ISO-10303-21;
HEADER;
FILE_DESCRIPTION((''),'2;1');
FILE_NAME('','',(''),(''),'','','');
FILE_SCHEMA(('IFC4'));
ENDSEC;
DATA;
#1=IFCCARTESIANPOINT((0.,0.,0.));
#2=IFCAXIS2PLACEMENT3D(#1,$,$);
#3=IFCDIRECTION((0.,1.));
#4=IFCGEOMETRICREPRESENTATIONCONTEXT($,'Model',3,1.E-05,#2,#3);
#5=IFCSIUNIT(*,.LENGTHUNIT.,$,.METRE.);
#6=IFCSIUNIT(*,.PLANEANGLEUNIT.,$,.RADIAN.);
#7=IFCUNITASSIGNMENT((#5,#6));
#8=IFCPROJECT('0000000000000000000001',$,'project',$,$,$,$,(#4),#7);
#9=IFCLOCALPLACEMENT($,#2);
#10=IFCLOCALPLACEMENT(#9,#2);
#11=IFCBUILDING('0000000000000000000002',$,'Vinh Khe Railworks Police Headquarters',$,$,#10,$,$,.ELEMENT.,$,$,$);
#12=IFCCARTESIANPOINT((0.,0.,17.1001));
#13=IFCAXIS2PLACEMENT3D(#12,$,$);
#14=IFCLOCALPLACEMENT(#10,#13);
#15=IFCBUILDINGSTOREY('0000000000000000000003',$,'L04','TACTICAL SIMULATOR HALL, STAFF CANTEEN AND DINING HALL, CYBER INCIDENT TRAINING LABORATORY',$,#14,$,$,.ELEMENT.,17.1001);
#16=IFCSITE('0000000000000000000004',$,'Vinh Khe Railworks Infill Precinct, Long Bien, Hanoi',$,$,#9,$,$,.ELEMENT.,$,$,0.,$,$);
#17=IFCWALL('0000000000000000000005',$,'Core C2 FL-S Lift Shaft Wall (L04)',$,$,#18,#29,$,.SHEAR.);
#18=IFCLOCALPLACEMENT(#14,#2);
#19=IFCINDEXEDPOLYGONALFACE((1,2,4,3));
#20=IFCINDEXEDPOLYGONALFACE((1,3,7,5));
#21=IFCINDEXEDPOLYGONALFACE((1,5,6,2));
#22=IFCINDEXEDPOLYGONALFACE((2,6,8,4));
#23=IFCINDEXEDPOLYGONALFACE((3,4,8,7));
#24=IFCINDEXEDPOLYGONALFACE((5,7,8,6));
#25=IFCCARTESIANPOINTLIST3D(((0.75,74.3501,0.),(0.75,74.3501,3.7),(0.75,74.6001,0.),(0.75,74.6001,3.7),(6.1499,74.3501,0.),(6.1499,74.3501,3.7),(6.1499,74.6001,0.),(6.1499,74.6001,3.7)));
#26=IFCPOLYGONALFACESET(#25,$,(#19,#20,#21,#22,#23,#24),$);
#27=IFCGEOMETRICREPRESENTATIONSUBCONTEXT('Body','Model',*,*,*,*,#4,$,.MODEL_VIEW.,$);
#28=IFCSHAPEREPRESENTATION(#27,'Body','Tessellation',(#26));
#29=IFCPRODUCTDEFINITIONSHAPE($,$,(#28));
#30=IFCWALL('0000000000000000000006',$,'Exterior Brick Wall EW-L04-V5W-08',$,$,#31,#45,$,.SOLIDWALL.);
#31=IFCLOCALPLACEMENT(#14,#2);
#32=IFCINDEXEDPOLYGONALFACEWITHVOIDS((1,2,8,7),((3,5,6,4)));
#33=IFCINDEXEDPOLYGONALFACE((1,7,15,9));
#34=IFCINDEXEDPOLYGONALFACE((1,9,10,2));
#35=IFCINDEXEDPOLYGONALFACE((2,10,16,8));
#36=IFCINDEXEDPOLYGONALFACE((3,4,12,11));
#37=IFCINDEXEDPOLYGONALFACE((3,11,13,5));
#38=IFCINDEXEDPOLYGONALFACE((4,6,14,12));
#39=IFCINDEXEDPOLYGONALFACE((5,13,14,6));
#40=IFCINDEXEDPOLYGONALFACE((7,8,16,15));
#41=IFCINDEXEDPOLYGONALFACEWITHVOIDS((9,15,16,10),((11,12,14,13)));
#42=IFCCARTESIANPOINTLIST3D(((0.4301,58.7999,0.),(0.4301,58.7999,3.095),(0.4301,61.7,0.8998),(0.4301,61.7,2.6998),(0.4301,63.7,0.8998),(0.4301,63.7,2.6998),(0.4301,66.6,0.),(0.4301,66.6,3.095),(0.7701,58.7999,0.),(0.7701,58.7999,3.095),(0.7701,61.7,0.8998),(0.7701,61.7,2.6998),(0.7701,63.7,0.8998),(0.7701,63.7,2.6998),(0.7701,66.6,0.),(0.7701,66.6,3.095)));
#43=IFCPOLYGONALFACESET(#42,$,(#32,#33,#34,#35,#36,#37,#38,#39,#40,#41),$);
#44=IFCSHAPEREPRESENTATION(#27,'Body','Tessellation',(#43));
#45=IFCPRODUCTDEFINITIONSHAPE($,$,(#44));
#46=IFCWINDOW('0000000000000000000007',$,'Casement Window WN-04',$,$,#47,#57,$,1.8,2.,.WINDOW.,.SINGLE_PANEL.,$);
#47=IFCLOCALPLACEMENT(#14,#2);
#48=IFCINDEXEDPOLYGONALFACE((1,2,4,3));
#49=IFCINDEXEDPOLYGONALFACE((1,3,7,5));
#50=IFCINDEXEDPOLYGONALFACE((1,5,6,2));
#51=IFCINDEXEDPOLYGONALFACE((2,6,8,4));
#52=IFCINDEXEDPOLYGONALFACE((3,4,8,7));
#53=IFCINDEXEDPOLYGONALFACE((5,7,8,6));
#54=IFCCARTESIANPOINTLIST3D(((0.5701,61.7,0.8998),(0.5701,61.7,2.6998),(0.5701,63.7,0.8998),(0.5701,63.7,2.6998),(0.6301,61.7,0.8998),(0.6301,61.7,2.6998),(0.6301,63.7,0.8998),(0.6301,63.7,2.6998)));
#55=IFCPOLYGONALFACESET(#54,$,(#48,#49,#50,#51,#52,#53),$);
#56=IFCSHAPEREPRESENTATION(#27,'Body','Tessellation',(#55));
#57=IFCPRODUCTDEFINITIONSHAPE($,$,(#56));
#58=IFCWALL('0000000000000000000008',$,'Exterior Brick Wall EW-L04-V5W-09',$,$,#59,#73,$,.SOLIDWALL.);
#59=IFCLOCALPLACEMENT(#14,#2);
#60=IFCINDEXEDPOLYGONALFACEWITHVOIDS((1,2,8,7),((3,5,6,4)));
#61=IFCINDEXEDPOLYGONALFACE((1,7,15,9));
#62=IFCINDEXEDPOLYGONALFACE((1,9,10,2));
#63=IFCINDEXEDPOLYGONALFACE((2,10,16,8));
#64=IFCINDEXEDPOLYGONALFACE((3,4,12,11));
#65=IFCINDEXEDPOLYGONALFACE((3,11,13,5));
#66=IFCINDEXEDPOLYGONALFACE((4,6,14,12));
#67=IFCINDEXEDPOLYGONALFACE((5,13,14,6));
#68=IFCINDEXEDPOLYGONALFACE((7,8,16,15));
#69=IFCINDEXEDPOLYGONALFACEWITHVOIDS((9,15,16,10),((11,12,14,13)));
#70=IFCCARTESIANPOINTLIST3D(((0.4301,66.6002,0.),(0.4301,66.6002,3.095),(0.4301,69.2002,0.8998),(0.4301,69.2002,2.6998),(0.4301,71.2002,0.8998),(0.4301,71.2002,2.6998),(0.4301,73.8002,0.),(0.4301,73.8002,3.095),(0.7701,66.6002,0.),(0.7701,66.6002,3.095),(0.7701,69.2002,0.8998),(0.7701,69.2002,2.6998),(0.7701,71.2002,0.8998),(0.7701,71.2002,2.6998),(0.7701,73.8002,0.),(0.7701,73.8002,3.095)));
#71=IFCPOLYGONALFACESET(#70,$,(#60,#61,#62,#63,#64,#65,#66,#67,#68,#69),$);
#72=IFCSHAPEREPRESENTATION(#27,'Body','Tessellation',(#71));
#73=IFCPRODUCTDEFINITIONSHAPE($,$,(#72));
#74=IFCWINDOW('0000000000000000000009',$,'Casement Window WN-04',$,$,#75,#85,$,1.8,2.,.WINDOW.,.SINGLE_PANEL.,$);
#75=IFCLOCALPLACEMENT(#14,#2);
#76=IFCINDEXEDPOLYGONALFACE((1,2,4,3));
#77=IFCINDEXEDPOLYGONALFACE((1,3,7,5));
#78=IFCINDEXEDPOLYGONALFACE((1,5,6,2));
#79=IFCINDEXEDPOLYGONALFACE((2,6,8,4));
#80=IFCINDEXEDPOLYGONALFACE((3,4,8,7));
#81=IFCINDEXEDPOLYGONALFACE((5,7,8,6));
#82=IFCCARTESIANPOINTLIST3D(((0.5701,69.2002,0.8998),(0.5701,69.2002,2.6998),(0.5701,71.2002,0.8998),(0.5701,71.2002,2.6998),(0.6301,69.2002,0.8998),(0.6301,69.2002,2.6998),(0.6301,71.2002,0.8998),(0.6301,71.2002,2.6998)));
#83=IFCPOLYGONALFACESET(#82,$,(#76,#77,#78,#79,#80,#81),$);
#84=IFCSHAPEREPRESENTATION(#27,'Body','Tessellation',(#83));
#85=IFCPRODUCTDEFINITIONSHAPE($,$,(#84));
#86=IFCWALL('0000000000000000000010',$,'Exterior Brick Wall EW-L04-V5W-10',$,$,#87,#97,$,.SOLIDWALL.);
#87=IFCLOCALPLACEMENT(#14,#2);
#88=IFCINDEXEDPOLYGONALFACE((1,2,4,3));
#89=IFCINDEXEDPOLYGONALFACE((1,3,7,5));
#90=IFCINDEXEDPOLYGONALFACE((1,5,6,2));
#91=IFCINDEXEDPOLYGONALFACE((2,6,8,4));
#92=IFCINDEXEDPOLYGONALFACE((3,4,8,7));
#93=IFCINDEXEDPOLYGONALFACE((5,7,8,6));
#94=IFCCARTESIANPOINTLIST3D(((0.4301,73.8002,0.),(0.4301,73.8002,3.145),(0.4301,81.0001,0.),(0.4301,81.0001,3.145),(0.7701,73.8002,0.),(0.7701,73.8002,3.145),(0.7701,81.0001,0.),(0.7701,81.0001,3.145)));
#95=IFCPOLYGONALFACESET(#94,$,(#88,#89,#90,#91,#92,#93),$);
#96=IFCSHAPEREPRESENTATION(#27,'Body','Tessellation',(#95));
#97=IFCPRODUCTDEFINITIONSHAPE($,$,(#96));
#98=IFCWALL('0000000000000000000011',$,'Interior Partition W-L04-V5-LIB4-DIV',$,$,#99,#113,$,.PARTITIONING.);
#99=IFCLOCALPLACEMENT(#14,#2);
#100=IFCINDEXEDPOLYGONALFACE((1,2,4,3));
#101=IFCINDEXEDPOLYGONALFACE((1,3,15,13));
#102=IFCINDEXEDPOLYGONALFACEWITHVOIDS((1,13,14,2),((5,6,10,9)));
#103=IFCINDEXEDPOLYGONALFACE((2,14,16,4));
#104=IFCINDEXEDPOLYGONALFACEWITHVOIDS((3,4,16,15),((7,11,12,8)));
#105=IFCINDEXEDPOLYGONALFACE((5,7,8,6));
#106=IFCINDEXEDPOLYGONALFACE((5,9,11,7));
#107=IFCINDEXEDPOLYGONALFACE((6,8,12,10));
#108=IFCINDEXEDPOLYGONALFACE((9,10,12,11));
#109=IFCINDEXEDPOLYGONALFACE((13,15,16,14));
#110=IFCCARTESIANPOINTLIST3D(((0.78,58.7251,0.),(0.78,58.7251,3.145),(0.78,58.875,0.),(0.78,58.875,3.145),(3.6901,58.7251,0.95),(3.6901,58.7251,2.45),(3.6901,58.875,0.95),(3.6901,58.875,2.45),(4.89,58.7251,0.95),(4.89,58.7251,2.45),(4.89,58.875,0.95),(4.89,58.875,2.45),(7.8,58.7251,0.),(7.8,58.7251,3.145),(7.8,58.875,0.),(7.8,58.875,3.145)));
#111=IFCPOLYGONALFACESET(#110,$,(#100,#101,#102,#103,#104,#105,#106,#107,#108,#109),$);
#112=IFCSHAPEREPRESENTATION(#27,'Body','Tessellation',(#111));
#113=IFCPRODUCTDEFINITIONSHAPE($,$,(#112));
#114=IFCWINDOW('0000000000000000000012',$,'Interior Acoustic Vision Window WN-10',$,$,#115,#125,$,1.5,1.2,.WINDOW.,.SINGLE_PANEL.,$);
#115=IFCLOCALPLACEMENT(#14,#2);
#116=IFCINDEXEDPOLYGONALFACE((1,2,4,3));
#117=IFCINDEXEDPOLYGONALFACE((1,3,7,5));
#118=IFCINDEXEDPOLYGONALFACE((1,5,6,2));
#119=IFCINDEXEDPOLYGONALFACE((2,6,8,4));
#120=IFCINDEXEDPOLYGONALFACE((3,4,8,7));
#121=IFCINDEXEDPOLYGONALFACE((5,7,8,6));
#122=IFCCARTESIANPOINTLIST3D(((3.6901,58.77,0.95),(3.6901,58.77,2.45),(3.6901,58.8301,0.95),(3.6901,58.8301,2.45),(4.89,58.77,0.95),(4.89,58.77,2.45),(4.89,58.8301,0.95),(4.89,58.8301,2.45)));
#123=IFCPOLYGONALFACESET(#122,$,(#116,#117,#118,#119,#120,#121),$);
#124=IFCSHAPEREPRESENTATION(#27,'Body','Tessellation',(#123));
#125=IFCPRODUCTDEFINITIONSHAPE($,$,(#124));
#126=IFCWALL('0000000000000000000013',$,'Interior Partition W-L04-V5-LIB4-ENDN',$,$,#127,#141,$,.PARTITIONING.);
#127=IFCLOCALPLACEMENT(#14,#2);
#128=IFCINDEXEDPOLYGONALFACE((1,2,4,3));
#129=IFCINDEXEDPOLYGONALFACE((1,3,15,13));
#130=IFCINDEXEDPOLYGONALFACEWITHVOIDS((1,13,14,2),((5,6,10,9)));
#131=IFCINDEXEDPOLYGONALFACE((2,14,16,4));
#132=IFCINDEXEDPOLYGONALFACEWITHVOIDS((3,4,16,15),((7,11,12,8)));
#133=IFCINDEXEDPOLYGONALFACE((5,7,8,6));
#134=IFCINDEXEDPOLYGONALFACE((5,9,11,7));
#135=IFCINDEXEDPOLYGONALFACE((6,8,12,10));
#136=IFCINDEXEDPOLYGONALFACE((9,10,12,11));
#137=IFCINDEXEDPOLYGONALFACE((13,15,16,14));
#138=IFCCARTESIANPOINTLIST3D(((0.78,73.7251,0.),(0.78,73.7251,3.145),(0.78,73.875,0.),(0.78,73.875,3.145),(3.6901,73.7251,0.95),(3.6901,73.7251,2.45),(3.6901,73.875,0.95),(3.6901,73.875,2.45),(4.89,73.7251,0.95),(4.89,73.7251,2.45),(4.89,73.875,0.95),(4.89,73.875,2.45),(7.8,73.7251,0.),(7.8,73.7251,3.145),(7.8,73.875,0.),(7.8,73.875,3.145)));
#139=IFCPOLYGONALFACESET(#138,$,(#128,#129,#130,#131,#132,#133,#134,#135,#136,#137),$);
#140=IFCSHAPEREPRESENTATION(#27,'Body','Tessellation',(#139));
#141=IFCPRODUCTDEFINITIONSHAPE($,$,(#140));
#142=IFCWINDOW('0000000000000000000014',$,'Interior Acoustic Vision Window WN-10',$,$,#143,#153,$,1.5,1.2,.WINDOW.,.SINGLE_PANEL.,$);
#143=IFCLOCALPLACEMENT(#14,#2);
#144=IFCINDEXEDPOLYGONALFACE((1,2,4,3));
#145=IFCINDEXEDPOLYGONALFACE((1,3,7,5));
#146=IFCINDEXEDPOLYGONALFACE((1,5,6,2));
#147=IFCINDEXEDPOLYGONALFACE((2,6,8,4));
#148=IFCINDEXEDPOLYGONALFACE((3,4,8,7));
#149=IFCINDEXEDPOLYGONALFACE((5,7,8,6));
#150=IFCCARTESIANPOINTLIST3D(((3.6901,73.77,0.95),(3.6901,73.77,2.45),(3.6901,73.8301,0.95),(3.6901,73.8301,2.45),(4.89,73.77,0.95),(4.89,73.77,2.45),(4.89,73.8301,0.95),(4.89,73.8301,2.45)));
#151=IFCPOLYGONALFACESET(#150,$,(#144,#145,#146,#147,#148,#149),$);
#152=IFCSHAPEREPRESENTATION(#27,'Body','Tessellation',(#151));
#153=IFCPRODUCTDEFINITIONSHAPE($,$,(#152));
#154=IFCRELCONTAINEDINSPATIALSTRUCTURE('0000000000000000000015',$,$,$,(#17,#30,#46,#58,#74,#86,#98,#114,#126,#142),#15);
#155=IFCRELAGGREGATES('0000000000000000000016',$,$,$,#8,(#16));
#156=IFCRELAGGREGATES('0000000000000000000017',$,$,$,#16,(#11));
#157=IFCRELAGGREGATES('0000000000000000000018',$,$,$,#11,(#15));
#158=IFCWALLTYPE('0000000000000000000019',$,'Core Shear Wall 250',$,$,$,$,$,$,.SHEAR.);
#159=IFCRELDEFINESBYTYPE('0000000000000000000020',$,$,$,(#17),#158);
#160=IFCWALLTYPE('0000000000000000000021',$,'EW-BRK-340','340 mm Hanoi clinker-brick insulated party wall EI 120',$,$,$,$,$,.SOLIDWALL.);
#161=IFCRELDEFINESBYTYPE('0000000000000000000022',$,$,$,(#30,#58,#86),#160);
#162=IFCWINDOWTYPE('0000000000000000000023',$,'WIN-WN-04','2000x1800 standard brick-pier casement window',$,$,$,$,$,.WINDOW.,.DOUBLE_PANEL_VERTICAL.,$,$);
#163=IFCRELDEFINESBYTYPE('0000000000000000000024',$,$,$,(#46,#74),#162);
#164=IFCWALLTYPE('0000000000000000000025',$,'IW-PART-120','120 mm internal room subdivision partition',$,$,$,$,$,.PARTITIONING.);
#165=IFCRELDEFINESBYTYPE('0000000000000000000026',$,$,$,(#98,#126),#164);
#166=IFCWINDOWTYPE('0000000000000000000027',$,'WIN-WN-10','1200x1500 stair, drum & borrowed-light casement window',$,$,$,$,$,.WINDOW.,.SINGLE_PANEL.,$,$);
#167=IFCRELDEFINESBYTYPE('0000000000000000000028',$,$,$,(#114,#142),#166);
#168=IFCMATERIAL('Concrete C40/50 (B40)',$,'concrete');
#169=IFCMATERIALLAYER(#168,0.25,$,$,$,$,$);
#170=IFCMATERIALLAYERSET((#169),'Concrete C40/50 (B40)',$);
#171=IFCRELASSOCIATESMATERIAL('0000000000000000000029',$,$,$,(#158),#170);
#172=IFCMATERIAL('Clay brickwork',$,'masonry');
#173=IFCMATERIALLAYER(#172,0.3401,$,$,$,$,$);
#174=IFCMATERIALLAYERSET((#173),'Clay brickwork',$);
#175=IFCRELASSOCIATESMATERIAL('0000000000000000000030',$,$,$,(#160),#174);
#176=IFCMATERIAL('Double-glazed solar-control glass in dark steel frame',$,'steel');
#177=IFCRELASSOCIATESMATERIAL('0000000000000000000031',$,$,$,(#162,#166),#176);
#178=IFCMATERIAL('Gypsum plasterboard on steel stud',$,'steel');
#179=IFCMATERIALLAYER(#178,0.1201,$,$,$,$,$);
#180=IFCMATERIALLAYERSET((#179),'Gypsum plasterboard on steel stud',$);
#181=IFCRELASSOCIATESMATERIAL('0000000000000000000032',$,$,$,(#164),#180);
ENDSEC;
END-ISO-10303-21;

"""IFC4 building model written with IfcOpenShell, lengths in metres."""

from ifc_helpers import new_model, si_unit, direction, frame, frame_2d, origin, place, context, subcontext, project, spatial, rectangle, extrude, material, layer, layer_set, type_object, element, fill, save


model = new_model("IFC4")

# Units and contexts
model_context = context("Model", 3, precision=1e-05, world=origin(), true_north=direction((0.0, 1.0)))
body_context = subcontext(model_context, "Body", "Model", "MODEL_VIEW")
ifc_project = project(units=[si_unit("LENGTHUNIT", "METRE"), si_unit("PLANEANGLEUNIT", "RADIAN")], contexts=[model_context])

# Site, building, storey
site_placement = place(None, origin())
site = spatial("IfcSite", under=ifc_project, at=site_placement, Name="Vinh Khe Railworks Infill Precinct, Long Bien, Hanoi", CompositionType="ELEMENT", RefElevation=0.0)
building_placement = place(site_placement, origin())
building = spatial("IfcBuilding", under=site, at=building_placement, Name="Vinh Khe Railworks Police Headquarters", CompositionType="ELEMENT")
storey_placement = place(building_placement, frame((0.0, 0.0, 17.1001)))
storey = spatial("IfcBuildingStorey", under=building, at=storey_placement, Name="L04", Description="TACTICAL SIMULATOR HALL, STAFF CANTEEN AND DINING HALL, CYBER INCIDENT TRAINING LABORATORY", CompositionType="ELEMENT", Elevation=17.1001)

# Wall
ifc_material_1 = material(Name="Concrete C40/50 (B40)", Category="concrete")
ifc_layer_1 = layer(ifc_material_1, 0.25)
ifc_layer_set_1 = layer_set([ifc_layer_1], Name="Concrete C40/50 (B40)")
wall_type_1 = type_object("IfcWallType", Name="Core Shear Wall 250", PredefinedType="SHEAR", material=ifc_layer_set_1)
wall_1_placement = place(storey_placement, frame((0.75, 74.4751, 0.0), z_axis=(0.0, 0.0, 1.0), x_axis=(1.0, 0.0, 0.0)))
element("IfcWall", 1, at=wall_1_placement, inside=storey, type_object=wall_type_1, Name="Core C2 FL-S Lift Shaft Wall (L04)", PredefinedType="SHEAR", context=body_context, shape_type="SweptSolid", body=[
    extrude(rectangle(XDim=5.3999, YDim=0.25, at=frame_2d((2.7, 0.0))), origin(), (0.0, 0.0, 1.0), 3.7),
])

# Walls, openings, windows
ifc_material_2 = material(Name="Clay brickwork", Category="masonry")
ifc_layer_2 = layer(ifc_material_2, 0.3401)
ifc_layer_set_2 = layer_set([ifc_layer_2], Name="Clay brickwork")
wall_type_2 = type_object("IfcWallType", Name="EW-BRK-340", Description="340 mm Hanoi clinker-brick insulated party wall EI 120", PredefinedType="SOLIDWALL", material=ifc_layer_set_2)
wall_2_placement = place(storey_placement, frame((0.6001, 58.8, 0.0), z_axis=(0.0, 0.0, 1.0), x_axis=(0.0, 1.0, 0.0)))
wall_2 = element("IfcWall", 2, at=wall_2_placement, inside=storey, type_object=wall_type_2, Name="Exterior Brick Wall EW-L04-V5W-08", PredefinedType="SOLIDWALL", context=body_context, shape_type="SweptSolid", body=[
    extrude(rectangle(XDim=7.8, YDim=0.3401, at=frame_2d((3.8999, 0.0))), origin(), (0.0, 0.0, 1.0), 3.095),
])
opening_1_placement = place(wall_2_placement, frame((2.8999, 0.0, 0.8999)))
opening_1 = element("IfcOpeningElement", 3, at=opening_1_placement, cuts=wall_2, PredefinedType="OPENING", context=body_context, shape_type="SweptSolid", body=[
    extrude(rectangle(XDim=2.0, YDim=1.8, at=frame_2d((1.0, 0.8999))), frame((0.0, 0.1851, 0.0), z_axis=(0.0, -1.0, 0.0), x_axis=(1.0, 0.0, 0.0)), (0.0, 0.0, 1.0), 0.3699),
])
ifc_material_3 = material(Name="Double-glazed solar-control glass in dark steel frame", Category="steel")
window_type_1 = type_object("IfcWindowType", Name="WIN-WN-04", Description="2000x1800 standard brick-pier casement window", PartitioningType="DOUBLE_PANEL_VERTICAL", PredefinedType="WINDOW", material=ifc_material_3)
window_1_placement = place(opening_1_placement, origin())
window_1 = element("IfcWindow", 4, at=window_1_placement, inside=storey, type_object=window_type_1, Name="Casement Window WN-04", OverallHeight=1.8, OverallWidth=2.0, PartitioningType="SINGLE_PANEL", PredefinedType="WINDOW", context=body_context, shape_type="SweptSolid", body=[
    extrude(rectangle(XDim=2.0, YDim=1.8, at=frame_2d((1.0, 0.8999))), frame((0.0, 0.03, 0.0), z_axis=(0.0, -1.0, 0.0), x_axis=(1.0, 0.0, 0.0)), (0.0, 0.0, 1.0), 0.0601),
])
fill(opening_1, window_1)
wall_3_placement = place(storey_placement, frame((0.6001, 66.6001, 0.0), z_axis=(0.0, 0.0, 1.0), x_axis=(0.0, 1.0, 0.0)))
wall_3 = element("IfcWall", 5, at=wall_3_placement, inside=storey, type_object=wall_type_2, Name="Exterior Brick Wall EW-L04-V5W-09", PredefinedType="SOLIDWALL", context=body_context, shape_type="SweptSolid", body=[
    extrude(rectangle(XDim=7.2, YDim=0.3401, at=frame_2d((3.6001, 0.0))), origin(), (0.0, 0.0, 1.0), 3.095),
])
opening_2_placement = place(wall_3_placement, frame((2.6001, 0.0, 0.8999)))
opening_2 = element("IfcOpeningElement", 6, at=opening_2_placement, cuts=wall_3, PredefinedType="OPENING", context=body_context, shape_type="SweptSolid", body=[
    extrude(rectangle(XDim=2.0, YDim=1.8, at=frame_2d((1.0, 0.8999))), frame((0.0, 0.1851, 0.0), z_axis=(0.0, -1.0, 0.0), x_axis=(1.0, 0.0, 0.0)), (0.0, 0.0, 1.0), 0.3699),
])
window_2_placement = place(opening_2_placement, origin())
window_2 = element("IfcWindow", 7, at=window_2_placement, inside=storey, type_object=window_type_1, Name="Casement Window WN-04", OverallHeight=1.8, OverallWidth=2.0, PartitioningType="SINGLE_PANEL", PredefinedType="WINDOW", context=body_context, shape_type="SweptSolid", body=[
    extrude(rectangle(XDim=2.0, YDim=1.8, at=frame_2d((1.0, 0.8999))), frame((0.0, 0.03, 0.0), z_axis=(0.0, -1.0, 0.0), x_axis=(1.0, 0.0, 0.0)), (0.0, 0.0, 1.0), 0.0601),
])
fill(opening_2, window_2)

# Wall
wall_4_placement = place(storey_placement, frame((0.6001, 73.8, 0.0), z_axis=(0.0, 0.0, 1.0), x_axis=(0.0, 1.0, 0.0)))
element("IfcWall", 8, at=wall_4_placement, inside=storey, type_object=wall_type_2, Name="Exterior Brick Wall EW-L04-V5W-10", PredefinedType="SOLIDWALL", context=body_context, shape_type="SweptSolid", body=[
    extrude(rectangle(XDim=7.2, YDim=0.3401, at=frame_2d((3.6001, 0.0))), origin(), (0.0, 0.0, 1.0), 3.145),
])

# Walls, openings, windows
ifc_material_4 = material(Name="Gypsum plasterboard on steel stud", Category="steel")
ifc_layer_3 = layer(ifc_material_4, 0.1201)
ifc_layer_set_3 = layer_set([ifc_layer_3], Name="Gypsum plasterboard on steel stud")
wall_type_3 = type_object("IfcWallType", Name="IW-PART-120", Description="120 mm internal room subdivision partition", PredefinedType="PARTITIONING", material=ifc_layer_set_3)
wall_5_placement = place(storey_placement, frame((0.78, 58.8, 0.0), z_axis=(0.0, 0.0, 1.0), x_axis=(1.0, 0.0, 0.0)))
wall_5 = element("IfcWall", 9, at=wall_5_placement, inside=storey, type_object=wall_type_3, Name="Interior Partition W-L04-V5-LIB4-DIV", PredefinedType="PARTITIONING", context=body_context, shape_type="SweptSolid", body=[
    extrude(rectangle(XDim=7.02, YDim=0.1499, at=frame_2d((3.51, 0.0))), origin(), (0.0, 0.0, 1.0), 3.145),
])
opening_3_placement = place(wall_5_placement, frame((2.9099, 0.0, 0.95)))
opening_3 = element("IfcOpeningElement", 10, at=opening_3_placement, cuts=wall_5, PredefinedType="OPENING", context=body_context, shape_type="SweptSolid", body=[
    extrude(rectangle(XDim=1.2, YDim=1.5, at=frame_2d((0.6001, 0.75))), frame((0.0, 0.0898, 0.0), z_axis=(0.0, -1.0, 0.0), x_axis=(1.0, 0.0, 0.0)), (0.0, 0.0, 1.0), 0.1797),
])
window_type_2 = type_object("IfcWindowType", Name="WIN-WN-10", Description="1200x1500 stair, drum & borrowed-light casement window", PartitioningType="SINGLE_PANEL", PredefinedType="WINDOW", material=ifc_material_3)
window_3_placement = place(opening_3_placement, origin())
window_3 = element("IfcWindow", 11, at=window_3_placement, inside=storey, type_object=window_type_2, Name="Interior Acoustic Vision Window WN-10", OverallHeight=1.5, OverallWidth=1.2, PartitioningType="SINGLE_PANEL", PredefinedType="WINDOW", context=body_context, shape_type="SweptSolid", body=[
    extrude(rectangle(XDim=1.2, YDim=1.5, at=frame_2d((0.6001, 0.75))), frame((0.0, 0.03, 0.0), z_axis=(0.0, -1.0, 0.0), x_axis=(1.0, 0.0, 0.0)), (0.0, 0.0, 1.0), 0.0601),
])
fill(opening_3, window_3)
wall_6_placement = place(storey_placement, frame((0.78, 73.8, 0.0), z_axis=(0.0, 0.0, 1.0), x_axis=(1.0, 0.0, 0.0)))
wall_6 = element("IfcWall", 12, at=wall_6_placement, inside=storey, type_object=wall_type_3, Name="Interior Partition W-L04-V5-LIB4-ENDN", PredefinedType="PARTITIONING", context=body_context, shape_type="SweptSolid", body=[
    extrude(rectangle(XDim=7.02, YDim=0.1499, at=frame_2d((3.51, 0.0))), origin(), (0.0, 0.0, 1.0), 3.145),
])
opening_4_placement = place(wall_6_placement, frame((2.9099, 0.0, 0.95)))
opening_4 = element("IfcOpeningElement", 13, at=opening_4_placement, cuts=wall_6, PredefinedType="OPENING", context=body_context, shape_type="SweptSolid", body=[
    extrude(rectangle(XDim=1.2, YDim=1.5, at=frame_2d((0.6001, 0.75))), frame((0.0, 0.0898, 0.0), z_axis=(0.0, -1.0, 0.0), x_axis=(1.0, 0.0, 0.0)), (0.0, 0.0, 1.0), 0.1797),
])
window_4_placement = place(opening_4_placement, origin())
window_4 = element("IfcWindow", 14, at=window_4_placement, inside=storey, type_object=window_type_2, Name="Interior Acoustic Vision Window WN-10", OverallHeight=1.5, OverallWidth=1.2, PartitioningType="SINGLE_PANEL", PredefinedType="WINDOW", context=body_context, shape_type="SweptSolid", body=[
    extrude(rectangle(XDim=1.2, YDim=1.5, at=frame_2d((0.6001, 0.75))), frame((0.0, 0.03, 0.0), z_axis=(0.0, -1.0, 0.0), x_axis=(1.0, 0.0, 0.0)), (0.0, 0.0, 1.0), 0.0601),
])
fill(opening_4, window_4)

save(model, "model.ifc")
